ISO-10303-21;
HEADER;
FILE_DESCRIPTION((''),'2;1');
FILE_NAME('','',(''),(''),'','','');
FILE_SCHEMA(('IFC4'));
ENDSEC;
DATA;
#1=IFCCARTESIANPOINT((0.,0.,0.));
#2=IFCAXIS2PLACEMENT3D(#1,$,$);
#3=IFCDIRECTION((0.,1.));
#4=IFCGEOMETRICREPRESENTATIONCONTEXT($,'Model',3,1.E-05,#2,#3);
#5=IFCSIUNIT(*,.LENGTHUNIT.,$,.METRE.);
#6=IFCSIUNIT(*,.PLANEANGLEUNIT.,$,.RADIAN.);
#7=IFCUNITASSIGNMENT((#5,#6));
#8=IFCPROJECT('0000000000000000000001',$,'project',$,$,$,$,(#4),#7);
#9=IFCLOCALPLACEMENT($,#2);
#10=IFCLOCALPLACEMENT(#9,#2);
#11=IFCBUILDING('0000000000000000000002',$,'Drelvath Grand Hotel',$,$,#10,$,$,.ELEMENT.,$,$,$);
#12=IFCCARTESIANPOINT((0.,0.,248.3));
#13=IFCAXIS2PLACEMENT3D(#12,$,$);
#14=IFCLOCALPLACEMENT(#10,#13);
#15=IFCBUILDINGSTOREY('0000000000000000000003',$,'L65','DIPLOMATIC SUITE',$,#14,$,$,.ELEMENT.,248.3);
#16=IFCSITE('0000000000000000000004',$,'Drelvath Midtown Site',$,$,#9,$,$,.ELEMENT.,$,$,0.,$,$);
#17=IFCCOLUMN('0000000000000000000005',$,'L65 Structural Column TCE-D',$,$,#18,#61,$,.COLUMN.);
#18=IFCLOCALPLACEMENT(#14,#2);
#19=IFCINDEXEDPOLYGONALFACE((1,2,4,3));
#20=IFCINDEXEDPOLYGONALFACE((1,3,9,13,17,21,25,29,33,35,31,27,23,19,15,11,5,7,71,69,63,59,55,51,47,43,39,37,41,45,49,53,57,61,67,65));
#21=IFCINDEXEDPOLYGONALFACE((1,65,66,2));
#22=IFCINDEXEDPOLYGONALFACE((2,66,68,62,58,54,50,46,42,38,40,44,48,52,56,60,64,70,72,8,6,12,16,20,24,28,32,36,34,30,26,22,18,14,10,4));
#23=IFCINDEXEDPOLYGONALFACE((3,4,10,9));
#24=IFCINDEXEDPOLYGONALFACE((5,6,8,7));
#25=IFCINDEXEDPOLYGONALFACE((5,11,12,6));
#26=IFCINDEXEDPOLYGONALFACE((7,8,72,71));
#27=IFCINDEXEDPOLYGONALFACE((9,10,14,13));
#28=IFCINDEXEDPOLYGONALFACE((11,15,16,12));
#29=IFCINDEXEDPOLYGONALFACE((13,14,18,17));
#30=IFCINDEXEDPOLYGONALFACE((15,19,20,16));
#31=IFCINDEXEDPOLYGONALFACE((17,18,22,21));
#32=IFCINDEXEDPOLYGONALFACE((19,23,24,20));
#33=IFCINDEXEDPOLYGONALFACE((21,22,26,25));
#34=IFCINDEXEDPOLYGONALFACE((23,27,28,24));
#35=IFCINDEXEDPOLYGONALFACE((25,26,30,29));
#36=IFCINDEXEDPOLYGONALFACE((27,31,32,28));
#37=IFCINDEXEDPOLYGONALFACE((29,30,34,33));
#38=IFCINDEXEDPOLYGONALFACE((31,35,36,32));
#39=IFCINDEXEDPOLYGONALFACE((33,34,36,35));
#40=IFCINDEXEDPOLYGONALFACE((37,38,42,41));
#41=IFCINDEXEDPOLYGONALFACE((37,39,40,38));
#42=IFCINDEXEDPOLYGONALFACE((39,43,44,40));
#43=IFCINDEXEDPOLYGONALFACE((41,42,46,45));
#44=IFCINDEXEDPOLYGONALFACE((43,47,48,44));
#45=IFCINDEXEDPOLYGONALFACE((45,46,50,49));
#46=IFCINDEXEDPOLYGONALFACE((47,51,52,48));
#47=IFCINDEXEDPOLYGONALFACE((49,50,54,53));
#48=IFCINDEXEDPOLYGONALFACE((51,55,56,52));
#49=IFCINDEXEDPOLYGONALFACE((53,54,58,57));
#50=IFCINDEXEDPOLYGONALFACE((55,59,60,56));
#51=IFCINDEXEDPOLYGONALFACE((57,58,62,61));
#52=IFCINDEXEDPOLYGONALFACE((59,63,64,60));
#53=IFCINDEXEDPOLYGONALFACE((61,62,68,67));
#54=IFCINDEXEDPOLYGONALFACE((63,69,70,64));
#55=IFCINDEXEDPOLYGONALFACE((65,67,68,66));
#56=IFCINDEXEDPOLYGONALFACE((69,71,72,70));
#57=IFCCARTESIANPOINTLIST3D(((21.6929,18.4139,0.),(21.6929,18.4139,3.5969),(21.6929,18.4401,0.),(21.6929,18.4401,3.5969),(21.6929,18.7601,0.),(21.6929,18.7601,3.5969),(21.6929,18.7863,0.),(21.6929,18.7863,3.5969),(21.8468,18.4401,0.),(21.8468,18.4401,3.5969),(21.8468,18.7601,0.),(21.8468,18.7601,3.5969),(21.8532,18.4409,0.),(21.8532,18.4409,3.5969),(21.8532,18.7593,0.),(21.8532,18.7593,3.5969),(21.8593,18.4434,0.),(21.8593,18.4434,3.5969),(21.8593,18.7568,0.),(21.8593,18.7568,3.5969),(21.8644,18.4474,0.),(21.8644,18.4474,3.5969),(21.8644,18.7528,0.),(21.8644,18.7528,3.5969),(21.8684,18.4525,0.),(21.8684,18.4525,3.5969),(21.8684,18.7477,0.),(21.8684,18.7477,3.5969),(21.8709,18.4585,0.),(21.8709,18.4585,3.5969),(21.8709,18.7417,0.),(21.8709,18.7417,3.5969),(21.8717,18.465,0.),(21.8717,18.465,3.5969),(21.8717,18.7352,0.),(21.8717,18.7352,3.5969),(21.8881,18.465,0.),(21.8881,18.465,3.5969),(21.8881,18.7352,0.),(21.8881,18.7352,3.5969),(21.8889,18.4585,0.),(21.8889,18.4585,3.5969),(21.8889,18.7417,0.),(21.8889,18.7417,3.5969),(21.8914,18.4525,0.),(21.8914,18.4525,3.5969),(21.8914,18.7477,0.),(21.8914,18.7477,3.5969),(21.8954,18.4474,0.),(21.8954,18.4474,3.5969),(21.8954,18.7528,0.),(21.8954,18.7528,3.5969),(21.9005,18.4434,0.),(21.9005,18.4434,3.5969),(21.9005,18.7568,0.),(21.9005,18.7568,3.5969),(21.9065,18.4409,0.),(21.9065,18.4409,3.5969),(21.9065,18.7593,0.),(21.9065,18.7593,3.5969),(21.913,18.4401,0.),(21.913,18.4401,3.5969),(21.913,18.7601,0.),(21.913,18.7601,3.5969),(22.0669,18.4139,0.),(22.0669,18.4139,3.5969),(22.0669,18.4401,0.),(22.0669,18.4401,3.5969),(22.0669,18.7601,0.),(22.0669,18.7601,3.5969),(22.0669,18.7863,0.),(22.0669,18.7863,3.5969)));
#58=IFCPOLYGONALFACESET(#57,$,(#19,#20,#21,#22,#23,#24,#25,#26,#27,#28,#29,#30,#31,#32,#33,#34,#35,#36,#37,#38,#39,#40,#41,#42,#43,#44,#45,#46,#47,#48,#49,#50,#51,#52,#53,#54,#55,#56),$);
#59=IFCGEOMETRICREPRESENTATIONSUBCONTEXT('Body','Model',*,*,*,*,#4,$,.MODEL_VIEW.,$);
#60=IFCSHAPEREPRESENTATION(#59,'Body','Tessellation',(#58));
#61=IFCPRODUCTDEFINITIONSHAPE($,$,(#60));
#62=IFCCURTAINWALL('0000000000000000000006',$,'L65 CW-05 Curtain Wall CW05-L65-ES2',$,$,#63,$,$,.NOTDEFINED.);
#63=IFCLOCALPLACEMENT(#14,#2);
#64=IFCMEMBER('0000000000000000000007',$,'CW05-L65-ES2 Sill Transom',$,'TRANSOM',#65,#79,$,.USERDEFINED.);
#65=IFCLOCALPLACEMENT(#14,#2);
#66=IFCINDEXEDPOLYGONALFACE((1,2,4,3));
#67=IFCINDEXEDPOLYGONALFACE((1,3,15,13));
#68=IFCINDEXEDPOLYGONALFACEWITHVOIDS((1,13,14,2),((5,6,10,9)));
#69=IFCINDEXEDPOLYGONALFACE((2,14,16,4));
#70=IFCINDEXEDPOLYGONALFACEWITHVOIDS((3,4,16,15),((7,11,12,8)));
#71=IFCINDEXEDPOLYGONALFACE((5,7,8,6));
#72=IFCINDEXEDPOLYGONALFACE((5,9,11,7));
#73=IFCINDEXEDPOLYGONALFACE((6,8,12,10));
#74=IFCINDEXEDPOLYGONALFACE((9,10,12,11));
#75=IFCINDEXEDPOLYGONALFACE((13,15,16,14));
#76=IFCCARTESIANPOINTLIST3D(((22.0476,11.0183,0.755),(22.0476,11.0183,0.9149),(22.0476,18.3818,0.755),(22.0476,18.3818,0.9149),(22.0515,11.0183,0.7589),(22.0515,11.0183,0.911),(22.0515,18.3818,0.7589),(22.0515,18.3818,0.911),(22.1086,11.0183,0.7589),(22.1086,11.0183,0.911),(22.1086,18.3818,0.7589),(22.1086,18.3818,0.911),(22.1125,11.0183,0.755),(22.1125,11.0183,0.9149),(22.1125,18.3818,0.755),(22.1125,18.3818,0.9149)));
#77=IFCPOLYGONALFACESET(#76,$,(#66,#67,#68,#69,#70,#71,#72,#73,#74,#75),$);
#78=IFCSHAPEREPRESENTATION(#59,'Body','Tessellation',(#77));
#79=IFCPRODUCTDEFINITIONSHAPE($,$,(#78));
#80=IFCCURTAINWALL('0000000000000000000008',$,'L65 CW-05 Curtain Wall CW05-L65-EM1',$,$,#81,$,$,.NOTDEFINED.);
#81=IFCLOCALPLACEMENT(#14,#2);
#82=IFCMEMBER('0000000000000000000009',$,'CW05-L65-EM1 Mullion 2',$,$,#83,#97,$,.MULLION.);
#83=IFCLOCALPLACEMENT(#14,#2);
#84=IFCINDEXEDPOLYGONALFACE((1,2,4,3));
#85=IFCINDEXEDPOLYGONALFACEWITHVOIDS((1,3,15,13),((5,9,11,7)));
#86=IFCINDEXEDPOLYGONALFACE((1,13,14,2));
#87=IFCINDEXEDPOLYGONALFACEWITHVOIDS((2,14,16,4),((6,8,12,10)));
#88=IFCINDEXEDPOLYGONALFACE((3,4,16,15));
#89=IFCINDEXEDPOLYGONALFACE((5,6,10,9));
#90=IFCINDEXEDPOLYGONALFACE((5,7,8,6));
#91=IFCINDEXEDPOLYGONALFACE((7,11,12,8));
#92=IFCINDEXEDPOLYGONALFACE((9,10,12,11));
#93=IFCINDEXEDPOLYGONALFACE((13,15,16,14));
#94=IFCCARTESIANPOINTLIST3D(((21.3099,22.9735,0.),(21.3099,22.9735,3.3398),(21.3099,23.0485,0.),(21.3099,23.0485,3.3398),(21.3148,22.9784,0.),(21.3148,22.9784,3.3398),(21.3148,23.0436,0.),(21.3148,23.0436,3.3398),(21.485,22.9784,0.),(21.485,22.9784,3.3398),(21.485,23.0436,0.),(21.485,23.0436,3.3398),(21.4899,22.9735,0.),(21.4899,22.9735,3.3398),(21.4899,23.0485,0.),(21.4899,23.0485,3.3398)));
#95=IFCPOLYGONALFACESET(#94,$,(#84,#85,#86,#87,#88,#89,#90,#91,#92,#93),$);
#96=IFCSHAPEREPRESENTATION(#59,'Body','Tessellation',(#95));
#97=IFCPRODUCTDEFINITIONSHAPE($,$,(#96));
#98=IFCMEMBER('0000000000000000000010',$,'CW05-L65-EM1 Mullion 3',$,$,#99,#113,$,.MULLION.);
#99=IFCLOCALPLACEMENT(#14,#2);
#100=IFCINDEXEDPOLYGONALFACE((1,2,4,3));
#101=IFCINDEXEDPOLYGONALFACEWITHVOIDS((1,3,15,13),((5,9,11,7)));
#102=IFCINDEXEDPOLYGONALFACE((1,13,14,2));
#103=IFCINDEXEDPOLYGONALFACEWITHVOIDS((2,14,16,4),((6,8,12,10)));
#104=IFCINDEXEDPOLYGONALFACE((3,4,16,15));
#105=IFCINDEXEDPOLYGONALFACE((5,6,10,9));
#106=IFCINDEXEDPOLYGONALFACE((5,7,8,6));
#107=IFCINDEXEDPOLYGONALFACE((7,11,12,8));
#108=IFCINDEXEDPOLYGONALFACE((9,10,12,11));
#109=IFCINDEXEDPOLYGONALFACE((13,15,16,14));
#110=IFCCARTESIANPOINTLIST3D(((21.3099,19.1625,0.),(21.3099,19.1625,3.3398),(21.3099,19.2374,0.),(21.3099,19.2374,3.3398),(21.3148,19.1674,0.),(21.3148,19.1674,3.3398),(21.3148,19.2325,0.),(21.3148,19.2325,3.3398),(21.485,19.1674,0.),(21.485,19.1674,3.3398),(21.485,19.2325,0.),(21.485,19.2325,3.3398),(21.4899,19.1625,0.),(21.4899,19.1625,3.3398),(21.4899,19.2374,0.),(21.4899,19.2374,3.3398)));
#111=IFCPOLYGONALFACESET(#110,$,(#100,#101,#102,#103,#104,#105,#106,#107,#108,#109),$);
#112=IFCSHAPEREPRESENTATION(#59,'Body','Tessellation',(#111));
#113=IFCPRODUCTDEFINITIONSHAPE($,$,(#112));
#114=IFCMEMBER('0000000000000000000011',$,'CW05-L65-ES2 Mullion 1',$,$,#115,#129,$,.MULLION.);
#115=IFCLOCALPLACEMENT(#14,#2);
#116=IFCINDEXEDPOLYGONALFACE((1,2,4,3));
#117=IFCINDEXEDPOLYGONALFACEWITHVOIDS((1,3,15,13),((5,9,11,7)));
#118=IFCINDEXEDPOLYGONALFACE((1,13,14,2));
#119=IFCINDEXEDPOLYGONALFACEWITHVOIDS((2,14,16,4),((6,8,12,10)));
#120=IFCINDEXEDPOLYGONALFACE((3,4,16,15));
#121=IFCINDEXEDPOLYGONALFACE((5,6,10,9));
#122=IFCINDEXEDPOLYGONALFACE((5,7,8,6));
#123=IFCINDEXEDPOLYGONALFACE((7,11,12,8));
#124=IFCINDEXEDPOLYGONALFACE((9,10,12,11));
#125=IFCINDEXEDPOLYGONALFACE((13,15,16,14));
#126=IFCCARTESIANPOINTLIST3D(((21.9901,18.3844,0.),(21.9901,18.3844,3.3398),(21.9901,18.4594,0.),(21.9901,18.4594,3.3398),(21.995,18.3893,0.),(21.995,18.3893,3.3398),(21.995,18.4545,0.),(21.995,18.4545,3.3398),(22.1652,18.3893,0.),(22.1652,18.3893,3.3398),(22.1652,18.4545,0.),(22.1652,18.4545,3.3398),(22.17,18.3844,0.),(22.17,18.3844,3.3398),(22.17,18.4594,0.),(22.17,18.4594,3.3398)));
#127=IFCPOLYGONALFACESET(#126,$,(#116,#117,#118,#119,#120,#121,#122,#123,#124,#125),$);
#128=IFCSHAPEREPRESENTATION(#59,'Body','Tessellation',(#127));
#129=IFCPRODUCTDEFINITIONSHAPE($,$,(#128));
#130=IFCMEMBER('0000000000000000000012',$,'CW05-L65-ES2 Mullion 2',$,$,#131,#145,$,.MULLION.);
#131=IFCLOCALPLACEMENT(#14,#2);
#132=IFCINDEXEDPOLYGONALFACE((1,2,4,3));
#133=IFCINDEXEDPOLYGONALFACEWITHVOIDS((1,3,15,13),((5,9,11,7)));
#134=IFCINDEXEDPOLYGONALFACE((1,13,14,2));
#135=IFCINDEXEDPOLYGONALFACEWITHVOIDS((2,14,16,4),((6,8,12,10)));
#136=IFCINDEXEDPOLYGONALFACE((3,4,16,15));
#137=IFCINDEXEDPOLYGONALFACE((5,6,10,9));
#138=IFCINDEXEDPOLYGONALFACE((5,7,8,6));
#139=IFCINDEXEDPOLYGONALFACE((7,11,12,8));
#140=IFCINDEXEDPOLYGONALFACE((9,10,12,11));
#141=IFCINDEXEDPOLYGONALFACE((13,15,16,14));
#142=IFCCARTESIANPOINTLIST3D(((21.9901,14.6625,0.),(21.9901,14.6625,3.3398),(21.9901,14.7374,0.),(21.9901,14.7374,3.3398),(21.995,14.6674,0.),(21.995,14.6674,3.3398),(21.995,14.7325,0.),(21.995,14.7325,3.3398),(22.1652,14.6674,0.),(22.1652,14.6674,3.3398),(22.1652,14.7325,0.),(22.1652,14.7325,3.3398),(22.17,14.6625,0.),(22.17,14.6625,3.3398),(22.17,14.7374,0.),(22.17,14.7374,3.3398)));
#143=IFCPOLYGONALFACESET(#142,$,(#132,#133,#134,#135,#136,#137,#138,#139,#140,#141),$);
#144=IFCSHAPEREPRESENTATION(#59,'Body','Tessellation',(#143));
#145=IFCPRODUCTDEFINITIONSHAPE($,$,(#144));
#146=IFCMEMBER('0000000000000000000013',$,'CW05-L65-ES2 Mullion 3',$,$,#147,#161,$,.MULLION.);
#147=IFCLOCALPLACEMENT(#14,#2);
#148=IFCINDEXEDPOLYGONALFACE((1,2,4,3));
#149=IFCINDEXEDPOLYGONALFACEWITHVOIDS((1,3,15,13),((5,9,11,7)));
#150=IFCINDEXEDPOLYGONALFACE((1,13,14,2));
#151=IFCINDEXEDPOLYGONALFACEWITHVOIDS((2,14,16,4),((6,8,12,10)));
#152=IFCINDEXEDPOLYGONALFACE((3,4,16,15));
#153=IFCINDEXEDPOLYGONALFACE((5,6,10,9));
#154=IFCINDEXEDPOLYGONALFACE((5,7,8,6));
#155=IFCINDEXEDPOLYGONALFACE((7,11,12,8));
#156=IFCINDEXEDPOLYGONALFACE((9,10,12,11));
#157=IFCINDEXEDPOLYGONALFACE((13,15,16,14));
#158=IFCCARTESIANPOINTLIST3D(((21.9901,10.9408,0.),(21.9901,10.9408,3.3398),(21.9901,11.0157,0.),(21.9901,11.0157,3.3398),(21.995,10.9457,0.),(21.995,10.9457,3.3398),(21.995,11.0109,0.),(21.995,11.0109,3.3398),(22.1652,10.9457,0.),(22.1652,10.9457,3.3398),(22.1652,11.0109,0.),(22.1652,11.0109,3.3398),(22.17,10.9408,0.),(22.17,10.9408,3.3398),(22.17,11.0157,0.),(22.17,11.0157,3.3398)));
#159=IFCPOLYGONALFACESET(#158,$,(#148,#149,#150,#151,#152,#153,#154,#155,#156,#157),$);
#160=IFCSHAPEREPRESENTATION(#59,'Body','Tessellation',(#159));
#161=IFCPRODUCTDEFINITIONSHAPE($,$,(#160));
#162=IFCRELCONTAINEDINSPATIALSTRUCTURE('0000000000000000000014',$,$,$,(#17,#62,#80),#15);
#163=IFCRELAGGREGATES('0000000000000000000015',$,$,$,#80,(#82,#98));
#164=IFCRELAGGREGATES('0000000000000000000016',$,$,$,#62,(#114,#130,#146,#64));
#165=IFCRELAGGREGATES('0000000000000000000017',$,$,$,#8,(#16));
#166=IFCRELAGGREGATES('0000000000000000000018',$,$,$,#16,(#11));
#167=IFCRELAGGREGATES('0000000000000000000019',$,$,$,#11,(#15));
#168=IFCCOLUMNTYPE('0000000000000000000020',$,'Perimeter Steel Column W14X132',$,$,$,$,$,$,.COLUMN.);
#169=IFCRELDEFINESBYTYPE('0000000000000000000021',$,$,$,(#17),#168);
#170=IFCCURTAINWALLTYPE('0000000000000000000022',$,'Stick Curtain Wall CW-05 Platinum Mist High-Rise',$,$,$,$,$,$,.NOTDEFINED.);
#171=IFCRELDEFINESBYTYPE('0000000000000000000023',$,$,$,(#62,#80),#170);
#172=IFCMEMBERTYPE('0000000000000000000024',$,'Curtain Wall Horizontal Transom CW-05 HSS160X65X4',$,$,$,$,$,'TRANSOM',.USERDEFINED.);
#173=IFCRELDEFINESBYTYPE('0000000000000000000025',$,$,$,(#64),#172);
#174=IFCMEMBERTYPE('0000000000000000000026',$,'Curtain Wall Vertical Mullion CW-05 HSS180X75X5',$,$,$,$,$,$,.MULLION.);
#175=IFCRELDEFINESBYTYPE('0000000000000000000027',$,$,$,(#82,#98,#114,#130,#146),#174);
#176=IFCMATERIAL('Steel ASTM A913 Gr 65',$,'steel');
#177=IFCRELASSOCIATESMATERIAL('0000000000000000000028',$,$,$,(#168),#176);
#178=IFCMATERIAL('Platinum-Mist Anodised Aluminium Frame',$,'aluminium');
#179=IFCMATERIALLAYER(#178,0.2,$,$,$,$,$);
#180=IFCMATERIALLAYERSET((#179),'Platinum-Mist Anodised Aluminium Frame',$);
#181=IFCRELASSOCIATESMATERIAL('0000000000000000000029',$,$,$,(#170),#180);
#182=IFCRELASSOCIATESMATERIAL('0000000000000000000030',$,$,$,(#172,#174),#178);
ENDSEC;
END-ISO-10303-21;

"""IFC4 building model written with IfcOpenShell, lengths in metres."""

from ifc_helpers import new_model, si_unit, direction, frame, origin, origin_2d, place, context, subcontext, project, spatial, hollow_rectangle, i_section, extrude, material, layer, layer_set, material_profile, profile_set, type_object, element, aggregate, save


model = new_model("IFC4")

# Units and contexts
model_context = context("Model", 3, precision=1e-05, world=origin(), true_north=direction((0.0, 1.0)))
body_context = subcontext(model_context, "Body", "Model", "MODEL_VIEW")
ifc_project = project(units=[si_unit("LENGTHUNIT", "METRE"), si_unit("PLANEANGLEUNIT", "RADIAN")], contexts=[model_context])

# Site, building, storey
site_placement = place(None, origin())
site = spatial("IfcSite", under=ifc_project, at=site_placement, Name="Drelvath Midtown Site", CompositionType="ELEMENT", RefElevation=0.0)
building_placement = place(site_placement, origin())
building = spatial("IfcBuilding", under=site, at=building_placement, Name="Drelvath Grand Hotel", CompositionType="ELEMENT")
storey_placement = place(building_placement, frame((0.0, 0.0, 248.3)))
storey = spatial("IfcBuildingStorey", under=building, at=storey_placement, Name="L65", Description="DIPLOMATIC SUITE", CompositionType="ELEMENT", Elevation=248.3)

# Column
ifc_material_1 = material(Name="Steel ASTM A913 Gr 65", Category="steel")
ifc_material_profile_1 = material_profile(ifc_material_1, i_section(OverallWidth=0.374, OverallDepth=0.3723, WebThickness=0.0164, FlangeThickness=0.0261, FilletRadius=0.0249, at=origin_2d()), Name="W14X132")
ifc_profile_set_1 = profile_set([ifc_material_profile_1], Name="Steel ASTM A913 Gr 65")
column_type = type_object("IfcColumnType", Name="Perimeter Steel Column W14X132", PredefinedType="COLUMN", material=ifc_profile_set_1)
column_placement = place(storey_placement, frame((21.8799, 18.6001, 0.0), z_axis=(0.0, 0.0, 1.0), x_axis=(1.0, 0.0, 0.0)))
element("IfcColumn", 1, at=column_placement, inside=storey, type_object=column_type, Name="L65 Structural Column TCE-D", PredefinedType="COLUMN", context=body_context, shape_type="SweptSolid", body=[
    extrude(i_section(OverallWidth=0.374, OverallDepth=0.3723, WebThickness=0.0164, FlangeThickness=0.0261, FilletRadius=0.0249, at=origin_2d()), origin(), (0.0, 0.0, 1.0), 3.5969),
])

# Curtain wall, member
ifc_material_2 = material(Name="Platinum-Mist Anodised Aluminium Frame", Category="aluminium")
ifc_layer_1 = layer(ifc_material_2, 0.2)
ifc_layer_set_1 = layer_set([ifc_layer_1], Name="Platinum-Mist Anodised Aluminium Frame")
curtain_wall_type = type_object("IfcCurtainWallType", Name="Stick Curtain Wall CW-05 Platinum Mist High-Rise", PredefinedType="NOTDEFINED", material=ifc_layer_set_1)
curtain_wall_1_placement = place(storey_placement, origin())
curtain_wall_1 = element("IfcCurtainWall", 2, at=curtain_wall_1_placement, inside=storey, type_object=curtain_wall_type, Name="L65 CW-05 Curtain Wall CW05-L65-ES2", PredefinedType="NOTDEFINED")
ifc_material_profile_2 = material_profile(ifc_material_2, hollow_rectangle(XDim=0.0649, YDim=0.1599, WallThickness=0.0039, at=origin_2d()), Name="HSS160X65X4")
ifc_profile_set_2 = profile_set([ifc_material_profile_2], Name="Platinum-Mist Anodised Aluminium Frame")
member_type_1 = type_object("IfcMemberType", Name="Curtain Wall Horizontal Transom CW-05 HSS160X65X4", ElementType="TRANSOM", PredefinedType="USERDEFINED", material=ifc_profile_set_2)
member_1_placement = place(storey_placement, frame((22.0801, 18.3818, 0.835), z_axis=(0.0, -1.0, 0.0), x_axis=(1.0, 0.0, 0.0)))
member_1 = element("IfcMember", 3, at=member_1_placement, type_object=member_type_1, Name="CW05-L65-ES2 Sill Transom", ObjectType="TRANSOM", PredefinedType="USERDEFINED", context=body_context, shape_type="SweptSolid", body=[
    extrude(hollow_rectangle(XDim=0.0649, YDim=0.1599, WallThickness=0.0039, at=origin_2d()), origin(), (0.0, 0.0, 1.0), 7.3635),
])

# Curtain wall, members
curtain_wall_2_placement = place(storey_placement, origin())
curtain_wall_2 = element("IfcCurtainWall", 4, at=curtain_wall_2_placement, inside=storey, type_object=curtain_wall_type, Name="L65 CW-05 Curtain Wall CW05-L65-EM1", PredefinedType="NOTDEFINED")
ifc_material_profile_3 = material_profile(ifc_material_2, hollow_rectangle(XDim=0.075, YDim=0.1799, WallThickness=0.0049, at=origin_2d()), Name="HSS180X75X5")
ifc_profile_set_3 = profile_set([ifc_material_profile_3], Name="Platinum-Mist Anodised Aluminium Frame")
member_type_2 = type_object("IfcMemberType", Name="Curtain Wall Vertical Mullion CW-05 HSS180X75X5", PredefinedType="MULLION", material=ifc_profile_set_3)
member_2_placement = place(storey_placement, frame((21.3999, 23.011, 0.0), z_axis=(0.0, 0.0, 1.0), x_axis=(0.0, 1.0, 0.0)))
member_2 = element("IfcMember", 5, at=member_2_placement, type_object=member_type_2, Name="CW05-L65-EM1 Mullion 2", PredefinedType="MULLION", context=body_context, shape_type="SweptSolid", body=[
    extrude(hollow_rectangle(XDim=0.075, YDim=0.1799, WallThickness=0.0049, at=origin_2d()), origin(), (0.0, 0.0, 1.0), 3.3398),
])
member_3_placement = place(storey_placement, frame((21.3999, 19.2, 0.0), z_axis=(0.0, 0.0, 1.0), x_axis=(0.0, 1.0, 0.0)))
member_3 = element("IfcMember", 6, at=member_3_placement, type_object=member_type_2, Name="CW05-L65-EM1 Mullion 3", PredefinedType="MULLION", context=body_context, shape_type="SweptSolid", body=[
    extrude(hollow_rectangle(XDim=0.075, YDim=0.1799, WallThickness=0.0049, at=origin_2d()), origin(), (0.0, 0.0, 1.0), 3.3398),
])

# Members
member_4_placement = place(storey_placement, frame((22.0801, 18.4219, 0.0), z_axis=(0.0, 0.0, 1.0), x_axis=(0.0, 1.0, 0.0)))
member_4 = element("IfcMember", 7, at=member_4_placement, type_object=member_type_2, Name="CW05-L65-ES2 Mullion 1", PredefinedType="MULLION", context=body_context, shape_type="SweptSolid", body=[
    extrude(hollow_rectangle(XDim=0.075, YDim=0.1799, WallThickness=0.0049, at=origin_2d()), origin(), (0.0, 0.0, 1.0), 3.3398),
])
member_5_placement = place(storey_placement, frame((22.0801, 14.7, 0.0), z_axis=(0.0, 0.0, 1.0), x_axis=(0.0, 1.0, 0.0)))
member_5 = element("IfcMember", 8, at=member_5_placement, type_object=member_type_2, Name="CW05-L65-ES2 Mullion 2", PredefinedType="MULLION", context=body_context, shape_type="SweptSolid", body=[
    extrude(hollow_rectangle(XDim=0.075, YDim=0.1799, WallThickness=0.0049, at=origin_2d()), origin(), (0.0, 0.0, 1.0), 3.3398),
])
member_6_placement = place(storey_placement, frame((22.0801, 10.9783, 0.0), z_axis=(0.0, 0.0, 1.0), x_axis=(0.0, 1.0, 0.0)))
member_6 = element("IfcMember", 9, at=member_6_placement, type_object=member_type_2, Name="CW05-L65-ES2 Mullion 3", PredefinedType="MULLION", context=body_context, shape_type="SweptSolid", body=[
    extrude(hollow_rectangle(XDim=0.075, YDim=0.1799, WallThickness=0.0049, at=origin_2d()), origin(), (0.0, 0.0, 1.0), 3.3398),
])

aggregate(curtain_wall_2, [member_2, member_3])
aggregate(curtain_wall_1, [member_4, member_5, member_6, member_1])

save(model, "model.ifc")
